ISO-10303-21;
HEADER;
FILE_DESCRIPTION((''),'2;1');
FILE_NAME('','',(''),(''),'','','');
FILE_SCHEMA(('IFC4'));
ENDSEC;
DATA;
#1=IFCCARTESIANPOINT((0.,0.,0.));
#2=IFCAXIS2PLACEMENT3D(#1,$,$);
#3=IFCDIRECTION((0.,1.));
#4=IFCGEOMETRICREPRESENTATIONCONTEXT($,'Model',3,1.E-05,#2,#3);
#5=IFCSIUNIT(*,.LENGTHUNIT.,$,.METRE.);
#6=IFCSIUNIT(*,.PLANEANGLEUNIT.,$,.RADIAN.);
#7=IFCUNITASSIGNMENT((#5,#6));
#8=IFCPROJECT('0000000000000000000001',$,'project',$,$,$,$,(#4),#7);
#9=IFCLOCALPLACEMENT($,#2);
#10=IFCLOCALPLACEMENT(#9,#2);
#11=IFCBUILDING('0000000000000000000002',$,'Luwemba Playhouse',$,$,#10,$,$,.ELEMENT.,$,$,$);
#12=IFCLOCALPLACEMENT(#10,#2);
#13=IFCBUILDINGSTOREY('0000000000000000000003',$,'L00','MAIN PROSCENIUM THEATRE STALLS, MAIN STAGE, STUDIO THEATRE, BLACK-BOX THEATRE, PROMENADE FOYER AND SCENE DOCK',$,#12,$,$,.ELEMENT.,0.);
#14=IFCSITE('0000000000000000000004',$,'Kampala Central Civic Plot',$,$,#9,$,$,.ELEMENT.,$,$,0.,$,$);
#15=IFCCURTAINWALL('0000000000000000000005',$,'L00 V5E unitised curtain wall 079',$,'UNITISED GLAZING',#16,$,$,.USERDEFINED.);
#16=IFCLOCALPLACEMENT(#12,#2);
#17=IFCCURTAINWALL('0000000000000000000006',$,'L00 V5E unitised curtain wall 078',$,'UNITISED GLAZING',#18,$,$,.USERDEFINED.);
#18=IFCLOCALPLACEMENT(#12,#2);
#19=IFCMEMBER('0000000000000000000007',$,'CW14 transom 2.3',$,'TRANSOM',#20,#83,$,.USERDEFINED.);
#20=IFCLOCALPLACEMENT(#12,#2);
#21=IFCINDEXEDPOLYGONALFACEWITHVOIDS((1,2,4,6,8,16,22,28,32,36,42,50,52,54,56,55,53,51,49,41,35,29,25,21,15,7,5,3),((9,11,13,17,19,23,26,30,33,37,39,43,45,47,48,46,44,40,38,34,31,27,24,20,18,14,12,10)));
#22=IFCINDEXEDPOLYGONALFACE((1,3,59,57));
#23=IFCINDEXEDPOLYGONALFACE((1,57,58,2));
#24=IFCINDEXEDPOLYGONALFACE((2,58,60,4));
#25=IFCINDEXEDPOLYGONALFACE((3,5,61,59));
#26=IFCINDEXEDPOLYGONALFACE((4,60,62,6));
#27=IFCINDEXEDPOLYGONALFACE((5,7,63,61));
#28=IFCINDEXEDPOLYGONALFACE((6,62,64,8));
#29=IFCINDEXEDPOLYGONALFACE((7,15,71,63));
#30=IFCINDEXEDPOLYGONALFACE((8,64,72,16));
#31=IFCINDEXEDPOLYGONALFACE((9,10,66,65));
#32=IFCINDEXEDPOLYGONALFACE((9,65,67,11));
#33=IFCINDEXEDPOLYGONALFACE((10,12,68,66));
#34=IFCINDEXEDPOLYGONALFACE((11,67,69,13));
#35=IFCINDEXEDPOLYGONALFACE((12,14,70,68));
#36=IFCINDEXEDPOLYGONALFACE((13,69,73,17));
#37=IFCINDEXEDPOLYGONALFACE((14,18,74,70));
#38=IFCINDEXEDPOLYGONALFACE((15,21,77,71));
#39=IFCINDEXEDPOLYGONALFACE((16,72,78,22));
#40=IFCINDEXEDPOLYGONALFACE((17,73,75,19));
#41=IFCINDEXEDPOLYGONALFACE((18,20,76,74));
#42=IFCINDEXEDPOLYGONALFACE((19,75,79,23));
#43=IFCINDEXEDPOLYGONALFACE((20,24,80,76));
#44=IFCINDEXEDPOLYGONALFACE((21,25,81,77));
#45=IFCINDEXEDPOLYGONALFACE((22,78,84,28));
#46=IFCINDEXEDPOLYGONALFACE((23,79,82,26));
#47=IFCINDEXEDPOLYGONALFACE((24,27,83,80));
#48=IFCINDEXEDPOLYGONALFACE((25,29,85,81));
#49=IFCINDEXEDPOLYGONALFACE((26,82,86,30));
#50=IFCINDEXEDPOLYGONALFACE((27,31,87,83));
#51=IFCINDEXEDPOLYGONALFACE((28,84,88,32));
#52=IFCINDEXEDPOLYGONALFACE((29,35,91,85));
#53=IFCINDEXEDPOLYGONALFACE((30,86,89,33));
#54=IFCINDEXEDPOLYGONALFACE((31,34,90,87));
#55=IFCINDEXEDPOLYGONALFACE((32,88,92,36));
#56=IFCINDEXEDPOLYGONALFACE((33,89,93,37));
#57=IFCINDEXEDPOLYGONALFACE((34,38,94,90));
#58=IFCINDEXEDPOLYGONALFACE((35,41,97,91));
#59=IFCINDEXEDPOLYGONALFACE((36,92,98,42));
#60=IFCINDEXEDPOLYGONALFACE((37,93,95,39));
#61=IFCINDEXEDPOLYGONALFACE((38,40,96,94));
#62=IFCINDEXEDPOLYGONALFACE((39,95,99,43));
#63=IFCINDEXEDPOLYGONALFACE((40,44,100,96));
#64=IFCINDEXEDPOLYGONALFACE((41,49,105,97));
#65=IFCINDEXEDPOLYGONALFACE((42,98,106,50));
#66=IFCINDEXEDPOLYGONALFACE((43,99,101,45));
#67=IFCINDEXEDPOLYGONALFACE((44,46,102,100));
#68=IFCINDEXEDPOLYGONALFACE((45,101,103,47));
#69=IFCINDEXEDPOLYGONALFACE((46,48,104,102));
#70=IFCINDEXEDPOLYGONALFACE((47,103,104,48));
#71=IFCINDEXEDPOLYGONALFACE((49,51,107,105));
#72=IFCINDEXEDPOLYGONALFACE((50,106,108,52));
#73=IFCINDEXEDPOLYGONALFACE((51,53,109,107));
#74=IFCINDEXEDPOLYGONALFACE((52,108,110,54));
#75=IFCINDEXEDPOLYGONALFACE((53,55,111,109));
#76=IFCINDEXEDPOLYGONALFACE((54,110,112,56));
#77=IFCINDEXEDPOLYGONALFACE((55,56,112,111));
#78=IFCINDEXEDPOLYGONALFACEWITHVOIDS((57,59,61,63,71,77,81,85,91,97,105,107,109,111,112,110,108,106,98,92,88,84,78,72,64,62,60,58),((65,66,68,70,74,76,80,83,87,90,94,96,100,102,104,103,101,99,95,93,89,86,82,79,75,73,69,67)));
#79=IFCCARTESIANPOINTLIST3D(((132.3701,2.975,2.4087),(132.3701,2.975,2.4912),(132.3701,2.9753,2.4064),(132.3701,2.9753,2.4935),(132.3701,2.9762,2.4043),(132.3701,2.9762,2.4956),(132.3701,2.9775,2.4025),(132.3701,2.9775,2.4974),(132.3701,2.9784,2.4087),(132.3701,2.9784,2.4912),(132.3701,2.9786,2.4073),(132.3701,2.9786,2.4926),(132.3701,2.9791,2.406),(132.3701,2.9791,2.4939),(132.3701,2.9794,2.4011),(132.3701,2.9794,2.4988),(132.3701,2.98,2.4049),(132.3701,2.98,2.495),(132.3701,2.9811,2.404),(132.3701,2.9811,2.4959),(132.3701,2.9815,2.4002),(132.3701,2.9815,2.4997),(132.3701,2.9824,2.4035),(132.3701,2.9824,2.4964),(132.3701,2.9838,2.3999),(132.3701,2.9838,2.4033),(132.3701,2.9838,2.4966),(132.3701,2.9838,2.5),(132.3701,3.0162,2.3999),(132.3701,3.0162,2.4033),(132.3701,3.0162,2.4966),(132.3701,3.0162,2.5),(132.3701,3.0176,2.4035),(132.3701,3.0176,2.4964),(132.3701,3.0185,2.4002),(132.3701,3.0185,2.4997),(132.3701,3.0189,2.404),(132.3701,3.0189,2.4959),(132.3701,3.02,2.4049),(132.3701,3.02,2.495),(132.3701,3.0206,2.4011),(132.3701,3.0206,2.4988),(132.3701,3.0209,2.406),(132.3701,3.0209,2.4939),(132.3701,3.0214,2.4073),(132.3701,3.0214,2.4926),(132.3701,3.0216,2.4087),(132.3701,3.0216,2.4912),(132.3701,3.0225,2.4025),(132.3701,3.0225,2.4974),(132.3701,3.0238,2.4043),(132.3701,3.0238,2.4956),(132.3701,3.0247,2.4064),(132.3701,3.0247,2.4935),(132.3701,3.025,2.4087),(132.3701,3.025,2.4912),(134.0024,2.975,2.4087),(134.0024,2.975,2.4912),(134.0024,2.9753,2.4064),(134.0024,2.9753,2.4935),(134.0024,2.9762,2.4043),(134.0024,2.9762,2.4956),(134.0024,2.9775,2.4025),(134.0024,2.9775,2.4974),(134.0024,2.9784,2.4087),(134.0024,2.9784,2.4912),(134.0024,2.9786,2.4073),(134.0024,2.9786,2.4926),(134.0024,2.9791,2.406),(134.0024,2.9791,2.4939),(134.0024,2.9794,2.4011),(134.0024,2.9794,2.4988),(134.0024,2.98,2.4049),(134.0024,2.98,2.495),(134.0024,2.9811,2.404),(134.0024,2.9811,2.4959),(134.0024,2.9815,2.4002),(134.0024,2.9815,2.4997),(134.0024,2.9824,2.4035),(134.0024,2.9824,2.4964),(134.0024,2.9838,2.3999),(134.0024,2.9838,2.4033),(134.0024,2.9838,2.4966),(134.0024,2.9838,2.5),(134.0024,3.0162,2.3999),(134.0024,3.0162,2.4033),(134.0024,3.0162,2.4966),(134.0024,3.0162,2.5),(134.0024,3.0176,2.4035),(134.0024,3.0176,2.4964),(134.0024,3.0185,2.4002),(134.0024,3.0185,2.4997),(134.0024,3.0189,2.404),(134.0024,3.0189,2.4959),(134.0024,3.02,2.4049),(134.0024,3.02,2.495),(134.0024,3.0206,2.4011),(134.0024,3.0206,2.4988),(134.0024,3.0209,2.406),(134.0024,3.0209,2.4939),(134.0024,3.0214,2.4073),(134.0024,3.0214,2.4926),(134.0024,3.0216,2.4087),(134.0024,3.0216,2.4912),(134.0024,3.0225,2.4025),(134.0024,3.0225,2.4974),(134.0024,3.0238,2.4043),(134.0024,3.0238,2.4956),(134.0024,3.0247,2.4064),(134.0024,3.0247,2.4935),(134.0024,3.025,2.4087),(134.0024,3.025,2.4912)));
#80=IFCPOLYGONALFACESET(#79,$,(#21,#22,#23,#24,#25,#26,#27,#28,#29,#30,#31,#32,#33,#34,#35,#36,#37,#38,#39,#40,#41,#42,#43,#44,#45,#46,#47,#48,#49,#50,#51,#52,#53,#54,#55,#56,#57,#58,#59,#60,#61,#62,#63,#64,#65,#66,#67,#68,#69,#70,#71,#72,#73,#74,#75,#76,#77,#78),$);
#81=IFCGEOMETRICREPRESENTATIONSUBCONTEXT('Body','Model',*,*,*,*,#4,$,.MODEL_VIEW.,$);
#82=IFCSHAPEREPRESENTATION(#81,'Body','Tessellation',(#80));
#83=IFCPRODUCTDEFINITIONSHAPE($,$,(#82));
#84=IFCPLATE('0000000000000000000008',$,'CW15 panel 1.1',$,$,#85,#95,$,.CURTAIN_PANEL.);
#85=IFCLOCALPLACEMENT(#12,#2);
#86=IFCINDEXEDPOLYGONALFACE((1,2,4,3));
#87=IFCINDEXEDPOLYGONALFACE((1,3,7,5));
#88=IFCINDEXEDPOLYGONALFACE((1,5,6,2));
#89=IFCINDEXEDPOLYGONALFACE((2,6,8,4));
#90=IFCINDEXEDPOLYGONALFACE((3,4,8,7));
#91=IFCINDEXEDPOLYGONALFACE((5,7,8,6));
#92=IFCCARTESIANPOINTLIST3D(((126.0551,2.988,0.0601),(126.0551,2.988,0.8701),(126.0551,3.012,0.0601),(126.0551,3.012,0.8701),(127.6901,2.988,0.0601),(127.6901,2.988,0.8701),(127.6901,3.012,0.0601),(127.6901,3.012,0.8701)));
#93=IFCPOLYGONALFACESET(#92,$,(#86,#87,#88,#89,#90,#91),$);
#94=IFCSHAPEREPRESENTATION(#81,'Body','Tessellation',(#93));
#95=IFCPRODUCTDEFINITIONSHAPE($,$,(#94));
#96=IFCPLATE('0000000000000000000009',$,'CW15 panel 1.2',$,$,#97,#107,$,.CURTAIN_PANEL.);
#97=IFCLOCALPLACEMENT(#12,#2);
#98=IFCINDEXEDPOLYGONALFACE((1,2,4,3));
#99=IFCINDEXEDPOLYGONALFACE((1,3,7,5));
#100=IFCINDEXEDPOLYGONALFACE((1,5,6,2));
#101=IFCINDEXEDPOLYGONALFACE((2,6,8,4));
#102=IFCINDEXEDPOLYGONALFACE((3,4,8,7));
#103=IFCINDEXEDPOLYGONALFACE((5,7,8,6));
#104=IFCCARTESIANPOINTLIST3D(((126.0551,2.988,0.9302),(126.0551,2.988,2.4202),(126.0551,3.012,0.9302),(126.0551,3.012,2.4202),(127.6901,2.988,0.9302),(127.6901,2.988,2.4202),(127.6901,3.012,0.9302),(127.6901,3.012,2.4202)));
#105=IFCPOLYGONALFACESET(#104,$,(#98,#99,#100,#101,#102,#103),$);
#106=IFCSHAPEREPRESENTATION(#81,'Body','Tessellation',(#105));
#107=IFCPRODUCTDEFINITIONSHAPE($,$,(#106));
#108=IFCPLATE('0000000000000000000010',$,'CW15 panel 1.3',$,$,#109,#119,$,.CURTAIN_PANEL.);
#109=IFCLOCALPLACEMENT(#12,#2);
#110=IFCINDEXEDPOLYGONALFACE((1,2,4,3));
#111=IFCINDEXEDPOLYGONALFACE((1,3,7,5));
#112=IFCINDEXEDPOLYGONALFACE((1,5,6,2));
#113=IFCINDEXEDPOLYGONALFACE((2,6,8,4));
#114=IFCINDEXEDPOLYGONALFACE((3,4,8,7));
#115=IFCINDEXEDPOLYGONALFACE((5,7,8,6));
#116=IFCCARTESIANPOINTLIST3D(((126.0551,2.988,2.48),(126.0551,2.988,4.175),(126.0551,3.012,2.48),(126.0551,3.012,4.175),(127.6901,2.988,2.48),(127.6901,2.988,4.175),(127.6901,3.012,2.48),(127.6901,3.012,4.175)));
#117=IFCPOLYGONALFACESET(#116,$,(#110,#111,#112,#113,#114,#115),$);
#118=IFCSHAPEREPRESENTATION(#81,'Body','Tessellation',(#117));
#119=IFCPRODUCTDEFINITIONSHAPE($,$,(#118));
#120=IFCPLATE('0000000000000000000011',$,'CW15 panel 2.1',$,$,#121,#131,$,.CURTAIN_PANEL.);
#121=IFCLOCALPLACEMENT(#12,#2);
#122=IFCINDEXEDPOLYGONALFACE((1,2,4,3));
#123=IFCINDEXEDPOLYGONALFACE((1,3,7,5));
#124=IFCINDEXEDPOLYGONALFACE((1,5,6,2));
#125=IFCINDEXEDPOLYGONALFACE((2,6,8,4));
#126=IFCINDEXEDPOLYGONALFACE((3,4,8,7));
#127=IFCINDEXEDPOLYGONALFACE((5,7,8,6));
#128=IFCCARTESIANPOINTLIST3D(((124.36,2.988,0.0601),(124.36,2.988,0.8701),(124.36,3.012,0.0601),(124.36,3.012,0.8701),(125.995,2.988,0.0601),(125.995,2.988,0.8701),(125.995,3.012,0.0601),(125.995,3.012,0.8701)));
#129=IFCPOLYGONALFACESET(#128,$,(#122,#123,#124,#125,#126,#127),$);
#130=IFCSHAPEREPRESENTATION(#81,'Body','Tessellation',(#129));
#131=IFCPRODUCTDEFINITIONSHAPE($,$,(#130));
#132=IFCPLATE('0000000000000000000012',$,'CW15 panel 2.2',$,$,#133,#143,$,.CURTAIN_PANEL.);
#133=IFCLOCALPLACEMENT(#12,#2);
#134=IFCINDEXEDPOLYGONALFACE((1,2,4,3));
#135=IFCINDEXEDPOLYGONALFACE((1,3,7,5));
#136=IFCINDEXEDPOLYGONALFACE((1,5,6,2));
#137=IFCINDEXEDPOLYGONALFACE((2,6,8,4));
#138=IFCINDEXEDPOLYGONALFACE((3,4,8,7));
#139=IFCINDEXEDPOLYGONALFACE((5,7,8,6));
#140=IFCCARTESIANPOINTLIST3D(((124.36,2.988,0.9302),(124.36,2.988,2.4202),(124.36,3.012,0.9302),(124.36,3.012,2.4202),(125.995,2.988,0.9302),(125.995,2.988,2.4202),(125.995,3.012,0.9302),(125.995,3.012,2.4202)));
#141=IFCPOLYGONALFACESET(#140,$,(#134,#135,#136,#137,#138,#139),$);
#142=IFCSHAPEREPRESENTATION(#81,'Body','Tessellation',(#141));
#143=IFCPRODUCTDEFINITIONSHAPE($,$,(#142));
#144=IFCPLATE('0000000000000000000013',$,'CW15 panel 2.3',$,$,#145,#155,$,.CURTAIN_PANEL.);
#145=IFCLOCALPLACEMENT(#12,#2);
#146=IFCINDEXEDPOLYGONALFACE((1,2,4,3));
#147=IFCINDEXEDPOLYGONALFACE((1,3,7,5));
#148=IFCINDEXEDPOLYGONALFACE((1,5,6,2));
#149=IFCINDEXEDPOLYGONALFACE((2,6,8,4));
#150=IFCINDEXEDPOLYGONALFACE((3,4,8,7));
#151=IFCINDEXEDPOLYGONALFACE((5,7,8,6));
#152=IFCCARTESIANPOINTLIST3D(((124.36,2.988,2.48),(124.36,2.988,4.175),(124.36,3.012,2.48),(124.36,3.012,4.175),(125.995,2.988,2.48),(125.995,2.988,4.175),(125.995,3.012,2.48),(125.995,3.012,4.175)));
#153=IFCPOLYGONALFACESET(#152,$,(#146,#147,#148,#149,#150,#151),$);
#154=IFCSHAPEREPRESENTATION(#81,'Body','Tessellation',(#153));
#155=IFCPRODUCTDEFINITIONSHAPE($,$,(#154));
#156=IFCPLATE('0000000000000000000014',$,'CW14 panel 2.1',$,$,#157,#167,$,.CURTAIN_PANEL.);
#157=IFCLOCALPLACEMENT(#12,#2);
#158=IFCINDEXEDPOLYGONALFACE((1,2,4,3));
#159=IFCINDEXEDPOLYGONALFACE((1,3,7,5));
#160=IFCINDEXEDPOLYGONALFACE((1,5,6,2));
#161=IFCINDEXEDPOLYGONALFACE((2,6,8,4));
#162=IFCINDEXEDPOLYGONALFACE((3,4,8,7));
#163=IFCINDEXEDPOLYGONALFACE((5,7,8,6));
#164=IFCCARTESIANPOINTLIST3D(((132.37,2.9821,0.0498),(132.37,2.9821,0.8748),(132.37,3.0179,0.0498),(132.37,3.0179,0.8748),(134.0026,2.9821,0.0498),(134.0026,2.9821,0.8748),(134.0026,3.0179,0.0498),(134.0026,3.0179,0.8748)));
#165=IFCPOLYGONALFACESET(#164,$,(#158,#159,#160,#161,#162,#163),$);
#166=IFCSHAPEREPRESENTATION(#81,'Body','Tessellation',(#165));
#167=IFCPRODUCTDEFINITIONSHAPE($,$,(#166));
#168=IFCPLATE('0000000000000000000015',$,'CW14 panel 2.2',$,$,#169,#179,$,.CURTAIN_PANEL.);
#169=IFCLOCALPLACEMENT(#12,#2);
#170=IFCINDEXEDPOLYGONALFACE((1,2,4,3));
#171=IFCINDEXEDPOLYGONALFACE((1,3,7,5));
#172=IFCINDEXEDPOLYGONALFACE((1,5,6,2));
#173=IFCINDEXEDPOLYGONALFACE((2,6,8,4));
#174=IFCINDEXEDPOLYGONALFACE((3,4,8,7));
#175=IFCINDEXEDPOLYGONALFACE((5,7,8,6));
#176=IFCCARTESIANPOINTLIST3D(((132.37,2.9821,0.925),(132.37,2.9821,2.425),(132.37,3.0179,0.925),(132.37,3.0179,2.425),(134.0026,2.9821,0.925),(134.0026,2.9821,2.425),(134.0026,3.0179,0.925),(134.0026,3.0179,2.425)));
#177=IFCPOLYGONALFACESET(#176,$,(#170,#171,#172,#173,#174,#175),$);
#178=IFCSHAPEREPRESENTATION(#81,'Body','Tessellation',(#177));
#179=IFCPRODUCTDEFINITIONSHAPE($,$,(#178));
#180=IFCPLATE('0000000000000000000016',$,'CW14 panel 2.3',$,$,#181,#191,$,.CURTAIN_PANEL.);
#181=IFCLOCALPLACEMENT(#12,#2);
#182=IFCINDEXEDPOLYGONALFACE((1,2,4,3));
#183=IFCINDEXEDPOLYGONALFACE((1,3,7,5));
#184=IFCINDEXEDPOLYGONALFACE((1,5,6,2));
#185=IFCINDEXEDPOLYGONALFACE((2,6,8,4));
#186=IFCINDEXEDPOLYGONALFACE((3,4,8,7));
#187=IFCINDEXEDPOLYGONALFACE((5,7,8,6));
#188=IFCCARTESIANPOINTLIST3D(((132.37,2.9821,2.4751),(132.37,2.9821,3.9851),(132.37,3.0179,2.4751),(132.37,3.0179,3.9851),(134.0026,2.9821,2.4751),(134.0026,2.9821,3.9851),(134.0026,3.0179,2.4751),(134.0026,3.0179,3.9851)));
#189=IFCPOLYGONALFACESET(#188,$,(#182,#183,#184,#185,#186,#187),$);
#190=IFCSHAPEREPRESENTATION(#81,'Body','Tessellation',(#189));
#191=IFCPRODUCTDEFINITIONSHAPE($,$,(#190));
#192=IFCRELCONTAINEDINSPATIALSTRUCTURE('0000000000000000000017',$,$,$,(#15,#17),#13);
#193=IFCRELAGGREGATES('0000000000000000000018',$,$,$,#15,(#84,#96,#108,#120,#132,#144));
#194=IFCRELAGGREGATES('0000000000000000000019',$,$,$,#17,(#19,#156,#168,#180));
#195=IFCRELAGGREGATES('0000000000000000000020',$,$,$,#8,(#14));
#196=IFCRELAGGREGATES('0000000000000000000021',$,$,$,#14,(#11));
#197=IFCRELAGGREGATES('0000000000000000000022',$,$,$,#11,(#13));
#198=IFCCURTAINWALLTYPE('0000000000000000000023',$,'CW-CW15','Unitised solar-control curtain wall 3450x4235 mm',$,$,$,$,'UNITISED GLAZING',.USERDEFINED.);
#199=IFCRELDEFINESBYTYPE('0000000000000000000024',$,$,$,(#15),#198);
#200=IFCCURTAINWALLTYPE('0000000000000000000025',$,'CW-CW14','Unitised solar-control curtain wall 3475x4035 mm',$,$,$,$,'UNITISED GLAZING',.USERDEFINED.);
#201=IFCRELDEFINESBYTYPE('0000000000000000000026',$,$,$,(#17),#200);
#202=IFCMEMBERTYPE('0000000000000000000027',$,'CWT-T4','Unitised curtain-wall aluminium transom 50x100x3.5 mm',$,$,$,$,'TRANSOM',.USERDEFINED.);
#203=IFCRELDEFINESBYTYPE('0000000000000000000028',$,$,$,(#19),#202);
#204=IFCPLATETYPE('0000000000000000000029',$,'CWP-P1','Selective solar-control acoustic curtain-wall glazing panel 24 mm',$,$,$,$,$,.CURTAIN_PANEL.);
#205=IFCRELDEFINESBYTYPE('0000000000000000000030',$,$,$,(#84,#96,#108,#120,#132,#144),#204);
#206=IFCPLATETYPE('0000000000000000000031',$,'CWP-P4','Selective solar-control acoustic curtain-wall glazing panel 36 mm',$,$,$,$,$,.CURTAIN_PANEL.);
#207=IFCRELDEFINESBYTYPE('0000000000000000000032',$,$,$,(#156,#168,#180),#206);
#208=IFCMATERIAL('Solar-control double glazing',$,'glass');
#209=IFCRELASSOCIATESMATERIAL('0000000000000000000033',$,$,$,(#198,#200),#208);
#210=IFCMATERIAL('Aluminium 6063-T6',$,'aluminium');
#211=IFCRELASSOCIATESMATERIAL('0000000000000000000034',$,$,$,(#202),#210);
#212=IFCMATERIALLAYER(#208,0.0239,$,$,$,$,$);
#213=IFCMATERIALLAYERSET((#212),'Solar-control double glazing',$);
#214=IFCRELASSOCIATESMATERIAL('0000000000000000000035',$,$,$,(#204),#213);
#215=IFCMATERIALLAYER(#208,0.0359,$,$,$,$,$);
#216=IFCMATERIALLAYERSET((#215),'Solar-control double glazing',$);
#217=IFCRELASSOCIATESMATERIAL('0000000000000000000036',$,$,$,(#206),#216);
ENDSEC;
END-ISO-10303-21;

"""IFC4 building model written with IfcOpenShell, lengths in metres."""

from ifc_helpers import new_model, si_unit, direction, frame, origin, origin_2d, place, context, subcontext, project, spatial, rectangle, hollow_rectangle, extrude, material, layer, layer_set, material_profile, profile_set, type_object, element, aggregate, save


model = new_model("IFC4")

# Units and contexts
model_context = context("Model", 3, precision=1e-05, world=origin(), true_north=direction((0.0, 1.0)))
body_context = subcontext(model_context, "Body", "Model", "MODEL_VIEW")
ifc_project = project(units=[si_unit("LENGTHUNIT", "METRE"), si_unit("PLANEANGLEUNIT", "RADIAN")], contexts=[model_context])

# Site, building, storey
site_placement = place(None, origin())
site = spatial("IfcSite", under=ifc_project, at=site_placement, Name="Kampala Central Civic Plot", CompositionType="ELEMENT", RefElevation=0.0)
building_placement = place(site_placement, origin())
building = spatial("IfcBuilding", under=site, at=building_placement, Name="Luwemba Playhouse", CompositionType="ELEMENT")
storey_placement = place(building_placement, origin())
storey = spatial("IfcBuildingStorey", under=building, at=storey_placement, Name="L00", Description="MAIN PROSCENIUM THEATRE STALLS, MAIN STAGE, STUDIO THEATRE, BLACK-BOX THEATRE, PROMENADE FOYER AND SCENE DOCK", CompositionType="ELEMENT", Elevation=0.0)

# Curtain wall
ifc_material_1 = material(Name="Solar-control double glazing", Category="glass")
curtain_wall_type_1 = type_object("IfcCurtainWallType", Name="CW-CW15", Description="Unitised solar-control curtain wall 3450x4235 mm", ElementType="UNITISED GLAZING", PredefinedType="USERDEFINED", material=ifc_material_1)
curtain_wall_1_placement = place(storey_placement, origin())
curtain_wall_1 = element("IfcCurtainWall", 1, at=curtain_wall_1_placement, inside=storey, type_object=curtain_wall_type_1, Name="L00 V5E unitised curtain wall 079", ObjectType="UNITISED GLAZING", PredefinedType="USERDEFINED")
ifc_material_2 = material(Name="Aluminium 6063-T6", Category="aluminium")

# Curtain wall
curtain_wall_type_2 = type_object("IfcCurtainWallType", Name="CW-CW14", Description="Unitised solar-control curtain wall 3475x4035 mm", ElementType="UNITISED GLAZING", PredefinedType="USERDEFINED", material=ifc_material_1)
curtain_wall_2_placement = place(storey_placement, origin())
curtain_wall_2 = element("IfcCurtainWall", 2, at=curtain_wall_2_placement, inside=storey, type_object=curtain_wall_type_2, Name="L00 V5E unitised curtain wall 078", ObjectType="UNITISED GLAZING", PredefinedType="USERDEFINED")

# Member
ifc_material_profile_1 = material_profile(ifc_material_2, hollow_rectangle(XDim=0.05, YDim=0.1001, WallThickness=0.0034, InnerFilletRadius=0.0054, OuterFilletRadius=0.0088, at=origin_2d()))
ifc_profile_set_1 = profile_set([ifc_material_profile_1], Name="Aluminium 6063-T6")
member_type_1 = type_object("IfcMemberType", Name="CWT-T4", Description="Unitised curtain-wall aluminium transom 50x100x3.5 mm", ElementType="TRANSOM", PredefinedType="USERDEFINED", material=ifc_profile_set_1)
member_1_placement = place(storey_placement, frame((134.0024, 3.0, 2.45), z_axis=(-1.0, 0.0, 0.0), x_axis=(0.0, -1.0, 0.0)))
member_1 = element("IfcMember", 3, at=member_1_placement, type_object=member_type_1, Name="CW14 transom 2.3", ObjectType="TRANSOM", PredefinedType="USERDEFINED", context=body_context, shape_type="SweptSolid", body=[
    extrude(hollow_rectangle(XDim=0.05, YDim=0.1001, WallThickness=0.0034, InnerFilletRadius=0.0054, OuterFilletRadius=0.0088, at=origin_2d()), origin(), (0.0, 0.0, 1.0), 1.6323),
])

# Plates
ifc_layer_1 = layer(ifc_material_1, 0.0239)
ifc_layer_set_1 = layer_set([ifc_layer_1], Name="Solar-control double glazing")
plate_type_1 = type_object("IfcPlateType", Name="CWP-P1", Description="Selective solar-control acoustic curtain-wall glazing panel 24 mm", PredefinedType="CURTAIN_PANEL", material=ifc_layer_set_1)
plate_1_placement = place(storey_placement, frame((126.8726, 3.0, 0.0601), z_axis=(0.0, 0.0, 1.0), x_axis=(-1.0, 0.0, 0.0)))
plate_1 = element("IfcPlate", 4, at=plate_1_placement, type_object=plate_type_1, Name="CW15 panel 1.1", PredefinedType="CURTAIN_PANEL", context=body_context, shape_type="SweptSolid", body=[
    extrude(rectangle(XDim=1.635, YDim=0.0239, at=origin_2d()), origin(), (0.0, 0.0, 1.0), 0.8101),
])
plate_2_placement = place(storey_placement, frame((126.8726, 3.0, 0.9302), z_axis=(0.0, 0.0, 1.0), x_axis=(-1.0, 0.0, 0.0)))
plate_2 = element("IfcPlate", 5, at=plate_2_placement, type_object=plate_type_1, Name="CW15 panel 1.2", PredefinedType="CURTAIN_PANEL", context=body_context, shape_type="SweptSolid", body=[
    extrude(rectangle(XDim=1.635, YDim=0.0239, at=origin_2d()), origin(), (0.0, 0.0, 1.0), 1.49),
])
plate_3_placement = place(storey_placement, frame((126.8726, 3.0, 2.48), z_axis=(0.0, 0.0, 1.0), x_axis=(-1.0, 0.0, 0.0)))
plate_3 = element("IfcPlate", 6, at=plate_3_placement, type_object=plate_type_1, Name="CW15 panel 1.3", PredefinedType="CURTAIN_PANEL", context=body_context, shape_type="SweptSolid", body=[
    extrude(rectangle(XDim=1.635, YDim=0.0239, at=origin_2d()), origin(), (0.0, 0.0, 1.0), 1.6951),
])
plate_4_placement = place(storey_placement, frame((125.1775, 3.0, 0.0601), z_axis=(0.0, 0.0, 1.0), x_axis=(-1.0, 0.0, 0.0)))
plate_4 = element("IfcPlate", 7, at=plate_4_placement, type_object=plate_type_1, Name="CW15 panel 2.1", PredefinedType="CURTAIN_PANEL", context=body_context, shape_type="SweptSolid", body=[
    extrude(rectangle(XDim=1.635, YDim=0.0239, at=origin_2d()), origin(), (0.0, 0.0, 1.0), 0.8101),
])
plate_5_placement = place(storey_placement, frame((125.1775, 3.0, 0.9302), z_axis=(0.0, 0.0, 1.0), x_axis=(-1.0, 0.0, 0.0)))
plate_5 = element("IfcPlate", 8, at=plate_5_placement, type_object=plate_type_1, Name="CW15 panel 2.2", PredefinedType="CURTAIN_PANEL", context=body_context, shape_type="SweptSolid", body=[
    extrude(rectangle(XDim=1.635, YDim=0.0239, at=origin_2d()), origin(), (0.0, 0.0, 1.0), 1.49),
])
plate_6_placement = place(storey_placement, frame((125.1775, 3.0, 2.48), z_axis=(0.0, 0.0, 1.0), x_axis=(-1.0, 0.0, 0.0)))
plate_6 = element("IfcPlate", 9, at=plate_6_placement, type_object=plate_type_1, Name="CW15 panel 2.3", PredefinedType="CURTAIN_PANEL", context=body_context, shape_type="SweptSolid", body=[
    extrude(rectangle(XDim=1.635, YDim=0.0239, at=origin_2d()), origin(), (0.0, 0.0, 1.0), 1.6951),
])
aggregate(curtain_wall_1, [plate_1, plate_2, plate_3, plate_4, plate_5, plate_6])
ifc_layer_2 = layer(ifc_material_1, 0.0359)
ifc_layer_set_2 = layer_set([ifc_layer_2], Name="Solar-control double glazing")
plate_type_2 = type_object("IfcPlateType", Name="CWP-P4", Description="Selective solar-control acoustic curtain-wall glazing panel 36 mm", PredefinedType="CURTAIN_PANEL", material=ifc_layer_set_2)
plate_7_placement = place(storey_placement, frame((133.1863, 3.0, 0.0498), z_axis=(0.0, 0.0, 1.0), x_axis=(-1.0, 0.0, 0.0)))
plate_7 = element("IfcPlate", 10, at=plate_7_placement, type_object=plate_type_2, Name="CW14 panel 2.1", PredefinedType="CURTAIN_PANEL", context=body_context, shape_type="SweptSolid", body=[
    extrude(rectangle(XDim=1.6326, YDim=0.0359, at=origin_2d()), origin(), (0.0, 0.0, 1.0), 0.825),
])
plate_8_placement = place(storey_placement, frame((133.1863, 3.0, 0.925), z_axis=(0.0, 0.0, 1.0), x_axis=(-1.0, 0.0, 0.0)))
plate_8 = element("IfcPlate", 11, at=plate_8_placement, type_object=plate_type_2, Name="CW14 panel 2.2", PredefinedType="CURTAIN_PANEL", context=body_context, shape_type="SweptSolid", body=[
    extrude(rectangle(XDim=1.6326, YDim=0.0359, at=origin_2d()), origin(), (0.0, 0.0, 1.0), 1.5),
])
plate_9_placement = place(storey_placement, frame((133.1863, 3.0, 2.4751), z_axis=(0.0, 0.0, 1.0), x_axis=(-1.0, 0.0, 0.0)))
plate_9 = element("IfcPlate", 12, at=plate_9_placement, type_object=plate_type_2, Name="CW14 panel 2.3", PredefinedType="CURTAIN_PANEL", context=body_context, shape_type="SweptSolid", body=[
    extrude(rectangle(XDim=1.6326, YDim=0.0359, at=origin_2d()), origin(), (0.0, 0.0, 1.0), 1.51),
])
aggregate(curtain_wall_2, [member_1, plate_7, plate_8, plate_9])

save(model, "model.ifc")
